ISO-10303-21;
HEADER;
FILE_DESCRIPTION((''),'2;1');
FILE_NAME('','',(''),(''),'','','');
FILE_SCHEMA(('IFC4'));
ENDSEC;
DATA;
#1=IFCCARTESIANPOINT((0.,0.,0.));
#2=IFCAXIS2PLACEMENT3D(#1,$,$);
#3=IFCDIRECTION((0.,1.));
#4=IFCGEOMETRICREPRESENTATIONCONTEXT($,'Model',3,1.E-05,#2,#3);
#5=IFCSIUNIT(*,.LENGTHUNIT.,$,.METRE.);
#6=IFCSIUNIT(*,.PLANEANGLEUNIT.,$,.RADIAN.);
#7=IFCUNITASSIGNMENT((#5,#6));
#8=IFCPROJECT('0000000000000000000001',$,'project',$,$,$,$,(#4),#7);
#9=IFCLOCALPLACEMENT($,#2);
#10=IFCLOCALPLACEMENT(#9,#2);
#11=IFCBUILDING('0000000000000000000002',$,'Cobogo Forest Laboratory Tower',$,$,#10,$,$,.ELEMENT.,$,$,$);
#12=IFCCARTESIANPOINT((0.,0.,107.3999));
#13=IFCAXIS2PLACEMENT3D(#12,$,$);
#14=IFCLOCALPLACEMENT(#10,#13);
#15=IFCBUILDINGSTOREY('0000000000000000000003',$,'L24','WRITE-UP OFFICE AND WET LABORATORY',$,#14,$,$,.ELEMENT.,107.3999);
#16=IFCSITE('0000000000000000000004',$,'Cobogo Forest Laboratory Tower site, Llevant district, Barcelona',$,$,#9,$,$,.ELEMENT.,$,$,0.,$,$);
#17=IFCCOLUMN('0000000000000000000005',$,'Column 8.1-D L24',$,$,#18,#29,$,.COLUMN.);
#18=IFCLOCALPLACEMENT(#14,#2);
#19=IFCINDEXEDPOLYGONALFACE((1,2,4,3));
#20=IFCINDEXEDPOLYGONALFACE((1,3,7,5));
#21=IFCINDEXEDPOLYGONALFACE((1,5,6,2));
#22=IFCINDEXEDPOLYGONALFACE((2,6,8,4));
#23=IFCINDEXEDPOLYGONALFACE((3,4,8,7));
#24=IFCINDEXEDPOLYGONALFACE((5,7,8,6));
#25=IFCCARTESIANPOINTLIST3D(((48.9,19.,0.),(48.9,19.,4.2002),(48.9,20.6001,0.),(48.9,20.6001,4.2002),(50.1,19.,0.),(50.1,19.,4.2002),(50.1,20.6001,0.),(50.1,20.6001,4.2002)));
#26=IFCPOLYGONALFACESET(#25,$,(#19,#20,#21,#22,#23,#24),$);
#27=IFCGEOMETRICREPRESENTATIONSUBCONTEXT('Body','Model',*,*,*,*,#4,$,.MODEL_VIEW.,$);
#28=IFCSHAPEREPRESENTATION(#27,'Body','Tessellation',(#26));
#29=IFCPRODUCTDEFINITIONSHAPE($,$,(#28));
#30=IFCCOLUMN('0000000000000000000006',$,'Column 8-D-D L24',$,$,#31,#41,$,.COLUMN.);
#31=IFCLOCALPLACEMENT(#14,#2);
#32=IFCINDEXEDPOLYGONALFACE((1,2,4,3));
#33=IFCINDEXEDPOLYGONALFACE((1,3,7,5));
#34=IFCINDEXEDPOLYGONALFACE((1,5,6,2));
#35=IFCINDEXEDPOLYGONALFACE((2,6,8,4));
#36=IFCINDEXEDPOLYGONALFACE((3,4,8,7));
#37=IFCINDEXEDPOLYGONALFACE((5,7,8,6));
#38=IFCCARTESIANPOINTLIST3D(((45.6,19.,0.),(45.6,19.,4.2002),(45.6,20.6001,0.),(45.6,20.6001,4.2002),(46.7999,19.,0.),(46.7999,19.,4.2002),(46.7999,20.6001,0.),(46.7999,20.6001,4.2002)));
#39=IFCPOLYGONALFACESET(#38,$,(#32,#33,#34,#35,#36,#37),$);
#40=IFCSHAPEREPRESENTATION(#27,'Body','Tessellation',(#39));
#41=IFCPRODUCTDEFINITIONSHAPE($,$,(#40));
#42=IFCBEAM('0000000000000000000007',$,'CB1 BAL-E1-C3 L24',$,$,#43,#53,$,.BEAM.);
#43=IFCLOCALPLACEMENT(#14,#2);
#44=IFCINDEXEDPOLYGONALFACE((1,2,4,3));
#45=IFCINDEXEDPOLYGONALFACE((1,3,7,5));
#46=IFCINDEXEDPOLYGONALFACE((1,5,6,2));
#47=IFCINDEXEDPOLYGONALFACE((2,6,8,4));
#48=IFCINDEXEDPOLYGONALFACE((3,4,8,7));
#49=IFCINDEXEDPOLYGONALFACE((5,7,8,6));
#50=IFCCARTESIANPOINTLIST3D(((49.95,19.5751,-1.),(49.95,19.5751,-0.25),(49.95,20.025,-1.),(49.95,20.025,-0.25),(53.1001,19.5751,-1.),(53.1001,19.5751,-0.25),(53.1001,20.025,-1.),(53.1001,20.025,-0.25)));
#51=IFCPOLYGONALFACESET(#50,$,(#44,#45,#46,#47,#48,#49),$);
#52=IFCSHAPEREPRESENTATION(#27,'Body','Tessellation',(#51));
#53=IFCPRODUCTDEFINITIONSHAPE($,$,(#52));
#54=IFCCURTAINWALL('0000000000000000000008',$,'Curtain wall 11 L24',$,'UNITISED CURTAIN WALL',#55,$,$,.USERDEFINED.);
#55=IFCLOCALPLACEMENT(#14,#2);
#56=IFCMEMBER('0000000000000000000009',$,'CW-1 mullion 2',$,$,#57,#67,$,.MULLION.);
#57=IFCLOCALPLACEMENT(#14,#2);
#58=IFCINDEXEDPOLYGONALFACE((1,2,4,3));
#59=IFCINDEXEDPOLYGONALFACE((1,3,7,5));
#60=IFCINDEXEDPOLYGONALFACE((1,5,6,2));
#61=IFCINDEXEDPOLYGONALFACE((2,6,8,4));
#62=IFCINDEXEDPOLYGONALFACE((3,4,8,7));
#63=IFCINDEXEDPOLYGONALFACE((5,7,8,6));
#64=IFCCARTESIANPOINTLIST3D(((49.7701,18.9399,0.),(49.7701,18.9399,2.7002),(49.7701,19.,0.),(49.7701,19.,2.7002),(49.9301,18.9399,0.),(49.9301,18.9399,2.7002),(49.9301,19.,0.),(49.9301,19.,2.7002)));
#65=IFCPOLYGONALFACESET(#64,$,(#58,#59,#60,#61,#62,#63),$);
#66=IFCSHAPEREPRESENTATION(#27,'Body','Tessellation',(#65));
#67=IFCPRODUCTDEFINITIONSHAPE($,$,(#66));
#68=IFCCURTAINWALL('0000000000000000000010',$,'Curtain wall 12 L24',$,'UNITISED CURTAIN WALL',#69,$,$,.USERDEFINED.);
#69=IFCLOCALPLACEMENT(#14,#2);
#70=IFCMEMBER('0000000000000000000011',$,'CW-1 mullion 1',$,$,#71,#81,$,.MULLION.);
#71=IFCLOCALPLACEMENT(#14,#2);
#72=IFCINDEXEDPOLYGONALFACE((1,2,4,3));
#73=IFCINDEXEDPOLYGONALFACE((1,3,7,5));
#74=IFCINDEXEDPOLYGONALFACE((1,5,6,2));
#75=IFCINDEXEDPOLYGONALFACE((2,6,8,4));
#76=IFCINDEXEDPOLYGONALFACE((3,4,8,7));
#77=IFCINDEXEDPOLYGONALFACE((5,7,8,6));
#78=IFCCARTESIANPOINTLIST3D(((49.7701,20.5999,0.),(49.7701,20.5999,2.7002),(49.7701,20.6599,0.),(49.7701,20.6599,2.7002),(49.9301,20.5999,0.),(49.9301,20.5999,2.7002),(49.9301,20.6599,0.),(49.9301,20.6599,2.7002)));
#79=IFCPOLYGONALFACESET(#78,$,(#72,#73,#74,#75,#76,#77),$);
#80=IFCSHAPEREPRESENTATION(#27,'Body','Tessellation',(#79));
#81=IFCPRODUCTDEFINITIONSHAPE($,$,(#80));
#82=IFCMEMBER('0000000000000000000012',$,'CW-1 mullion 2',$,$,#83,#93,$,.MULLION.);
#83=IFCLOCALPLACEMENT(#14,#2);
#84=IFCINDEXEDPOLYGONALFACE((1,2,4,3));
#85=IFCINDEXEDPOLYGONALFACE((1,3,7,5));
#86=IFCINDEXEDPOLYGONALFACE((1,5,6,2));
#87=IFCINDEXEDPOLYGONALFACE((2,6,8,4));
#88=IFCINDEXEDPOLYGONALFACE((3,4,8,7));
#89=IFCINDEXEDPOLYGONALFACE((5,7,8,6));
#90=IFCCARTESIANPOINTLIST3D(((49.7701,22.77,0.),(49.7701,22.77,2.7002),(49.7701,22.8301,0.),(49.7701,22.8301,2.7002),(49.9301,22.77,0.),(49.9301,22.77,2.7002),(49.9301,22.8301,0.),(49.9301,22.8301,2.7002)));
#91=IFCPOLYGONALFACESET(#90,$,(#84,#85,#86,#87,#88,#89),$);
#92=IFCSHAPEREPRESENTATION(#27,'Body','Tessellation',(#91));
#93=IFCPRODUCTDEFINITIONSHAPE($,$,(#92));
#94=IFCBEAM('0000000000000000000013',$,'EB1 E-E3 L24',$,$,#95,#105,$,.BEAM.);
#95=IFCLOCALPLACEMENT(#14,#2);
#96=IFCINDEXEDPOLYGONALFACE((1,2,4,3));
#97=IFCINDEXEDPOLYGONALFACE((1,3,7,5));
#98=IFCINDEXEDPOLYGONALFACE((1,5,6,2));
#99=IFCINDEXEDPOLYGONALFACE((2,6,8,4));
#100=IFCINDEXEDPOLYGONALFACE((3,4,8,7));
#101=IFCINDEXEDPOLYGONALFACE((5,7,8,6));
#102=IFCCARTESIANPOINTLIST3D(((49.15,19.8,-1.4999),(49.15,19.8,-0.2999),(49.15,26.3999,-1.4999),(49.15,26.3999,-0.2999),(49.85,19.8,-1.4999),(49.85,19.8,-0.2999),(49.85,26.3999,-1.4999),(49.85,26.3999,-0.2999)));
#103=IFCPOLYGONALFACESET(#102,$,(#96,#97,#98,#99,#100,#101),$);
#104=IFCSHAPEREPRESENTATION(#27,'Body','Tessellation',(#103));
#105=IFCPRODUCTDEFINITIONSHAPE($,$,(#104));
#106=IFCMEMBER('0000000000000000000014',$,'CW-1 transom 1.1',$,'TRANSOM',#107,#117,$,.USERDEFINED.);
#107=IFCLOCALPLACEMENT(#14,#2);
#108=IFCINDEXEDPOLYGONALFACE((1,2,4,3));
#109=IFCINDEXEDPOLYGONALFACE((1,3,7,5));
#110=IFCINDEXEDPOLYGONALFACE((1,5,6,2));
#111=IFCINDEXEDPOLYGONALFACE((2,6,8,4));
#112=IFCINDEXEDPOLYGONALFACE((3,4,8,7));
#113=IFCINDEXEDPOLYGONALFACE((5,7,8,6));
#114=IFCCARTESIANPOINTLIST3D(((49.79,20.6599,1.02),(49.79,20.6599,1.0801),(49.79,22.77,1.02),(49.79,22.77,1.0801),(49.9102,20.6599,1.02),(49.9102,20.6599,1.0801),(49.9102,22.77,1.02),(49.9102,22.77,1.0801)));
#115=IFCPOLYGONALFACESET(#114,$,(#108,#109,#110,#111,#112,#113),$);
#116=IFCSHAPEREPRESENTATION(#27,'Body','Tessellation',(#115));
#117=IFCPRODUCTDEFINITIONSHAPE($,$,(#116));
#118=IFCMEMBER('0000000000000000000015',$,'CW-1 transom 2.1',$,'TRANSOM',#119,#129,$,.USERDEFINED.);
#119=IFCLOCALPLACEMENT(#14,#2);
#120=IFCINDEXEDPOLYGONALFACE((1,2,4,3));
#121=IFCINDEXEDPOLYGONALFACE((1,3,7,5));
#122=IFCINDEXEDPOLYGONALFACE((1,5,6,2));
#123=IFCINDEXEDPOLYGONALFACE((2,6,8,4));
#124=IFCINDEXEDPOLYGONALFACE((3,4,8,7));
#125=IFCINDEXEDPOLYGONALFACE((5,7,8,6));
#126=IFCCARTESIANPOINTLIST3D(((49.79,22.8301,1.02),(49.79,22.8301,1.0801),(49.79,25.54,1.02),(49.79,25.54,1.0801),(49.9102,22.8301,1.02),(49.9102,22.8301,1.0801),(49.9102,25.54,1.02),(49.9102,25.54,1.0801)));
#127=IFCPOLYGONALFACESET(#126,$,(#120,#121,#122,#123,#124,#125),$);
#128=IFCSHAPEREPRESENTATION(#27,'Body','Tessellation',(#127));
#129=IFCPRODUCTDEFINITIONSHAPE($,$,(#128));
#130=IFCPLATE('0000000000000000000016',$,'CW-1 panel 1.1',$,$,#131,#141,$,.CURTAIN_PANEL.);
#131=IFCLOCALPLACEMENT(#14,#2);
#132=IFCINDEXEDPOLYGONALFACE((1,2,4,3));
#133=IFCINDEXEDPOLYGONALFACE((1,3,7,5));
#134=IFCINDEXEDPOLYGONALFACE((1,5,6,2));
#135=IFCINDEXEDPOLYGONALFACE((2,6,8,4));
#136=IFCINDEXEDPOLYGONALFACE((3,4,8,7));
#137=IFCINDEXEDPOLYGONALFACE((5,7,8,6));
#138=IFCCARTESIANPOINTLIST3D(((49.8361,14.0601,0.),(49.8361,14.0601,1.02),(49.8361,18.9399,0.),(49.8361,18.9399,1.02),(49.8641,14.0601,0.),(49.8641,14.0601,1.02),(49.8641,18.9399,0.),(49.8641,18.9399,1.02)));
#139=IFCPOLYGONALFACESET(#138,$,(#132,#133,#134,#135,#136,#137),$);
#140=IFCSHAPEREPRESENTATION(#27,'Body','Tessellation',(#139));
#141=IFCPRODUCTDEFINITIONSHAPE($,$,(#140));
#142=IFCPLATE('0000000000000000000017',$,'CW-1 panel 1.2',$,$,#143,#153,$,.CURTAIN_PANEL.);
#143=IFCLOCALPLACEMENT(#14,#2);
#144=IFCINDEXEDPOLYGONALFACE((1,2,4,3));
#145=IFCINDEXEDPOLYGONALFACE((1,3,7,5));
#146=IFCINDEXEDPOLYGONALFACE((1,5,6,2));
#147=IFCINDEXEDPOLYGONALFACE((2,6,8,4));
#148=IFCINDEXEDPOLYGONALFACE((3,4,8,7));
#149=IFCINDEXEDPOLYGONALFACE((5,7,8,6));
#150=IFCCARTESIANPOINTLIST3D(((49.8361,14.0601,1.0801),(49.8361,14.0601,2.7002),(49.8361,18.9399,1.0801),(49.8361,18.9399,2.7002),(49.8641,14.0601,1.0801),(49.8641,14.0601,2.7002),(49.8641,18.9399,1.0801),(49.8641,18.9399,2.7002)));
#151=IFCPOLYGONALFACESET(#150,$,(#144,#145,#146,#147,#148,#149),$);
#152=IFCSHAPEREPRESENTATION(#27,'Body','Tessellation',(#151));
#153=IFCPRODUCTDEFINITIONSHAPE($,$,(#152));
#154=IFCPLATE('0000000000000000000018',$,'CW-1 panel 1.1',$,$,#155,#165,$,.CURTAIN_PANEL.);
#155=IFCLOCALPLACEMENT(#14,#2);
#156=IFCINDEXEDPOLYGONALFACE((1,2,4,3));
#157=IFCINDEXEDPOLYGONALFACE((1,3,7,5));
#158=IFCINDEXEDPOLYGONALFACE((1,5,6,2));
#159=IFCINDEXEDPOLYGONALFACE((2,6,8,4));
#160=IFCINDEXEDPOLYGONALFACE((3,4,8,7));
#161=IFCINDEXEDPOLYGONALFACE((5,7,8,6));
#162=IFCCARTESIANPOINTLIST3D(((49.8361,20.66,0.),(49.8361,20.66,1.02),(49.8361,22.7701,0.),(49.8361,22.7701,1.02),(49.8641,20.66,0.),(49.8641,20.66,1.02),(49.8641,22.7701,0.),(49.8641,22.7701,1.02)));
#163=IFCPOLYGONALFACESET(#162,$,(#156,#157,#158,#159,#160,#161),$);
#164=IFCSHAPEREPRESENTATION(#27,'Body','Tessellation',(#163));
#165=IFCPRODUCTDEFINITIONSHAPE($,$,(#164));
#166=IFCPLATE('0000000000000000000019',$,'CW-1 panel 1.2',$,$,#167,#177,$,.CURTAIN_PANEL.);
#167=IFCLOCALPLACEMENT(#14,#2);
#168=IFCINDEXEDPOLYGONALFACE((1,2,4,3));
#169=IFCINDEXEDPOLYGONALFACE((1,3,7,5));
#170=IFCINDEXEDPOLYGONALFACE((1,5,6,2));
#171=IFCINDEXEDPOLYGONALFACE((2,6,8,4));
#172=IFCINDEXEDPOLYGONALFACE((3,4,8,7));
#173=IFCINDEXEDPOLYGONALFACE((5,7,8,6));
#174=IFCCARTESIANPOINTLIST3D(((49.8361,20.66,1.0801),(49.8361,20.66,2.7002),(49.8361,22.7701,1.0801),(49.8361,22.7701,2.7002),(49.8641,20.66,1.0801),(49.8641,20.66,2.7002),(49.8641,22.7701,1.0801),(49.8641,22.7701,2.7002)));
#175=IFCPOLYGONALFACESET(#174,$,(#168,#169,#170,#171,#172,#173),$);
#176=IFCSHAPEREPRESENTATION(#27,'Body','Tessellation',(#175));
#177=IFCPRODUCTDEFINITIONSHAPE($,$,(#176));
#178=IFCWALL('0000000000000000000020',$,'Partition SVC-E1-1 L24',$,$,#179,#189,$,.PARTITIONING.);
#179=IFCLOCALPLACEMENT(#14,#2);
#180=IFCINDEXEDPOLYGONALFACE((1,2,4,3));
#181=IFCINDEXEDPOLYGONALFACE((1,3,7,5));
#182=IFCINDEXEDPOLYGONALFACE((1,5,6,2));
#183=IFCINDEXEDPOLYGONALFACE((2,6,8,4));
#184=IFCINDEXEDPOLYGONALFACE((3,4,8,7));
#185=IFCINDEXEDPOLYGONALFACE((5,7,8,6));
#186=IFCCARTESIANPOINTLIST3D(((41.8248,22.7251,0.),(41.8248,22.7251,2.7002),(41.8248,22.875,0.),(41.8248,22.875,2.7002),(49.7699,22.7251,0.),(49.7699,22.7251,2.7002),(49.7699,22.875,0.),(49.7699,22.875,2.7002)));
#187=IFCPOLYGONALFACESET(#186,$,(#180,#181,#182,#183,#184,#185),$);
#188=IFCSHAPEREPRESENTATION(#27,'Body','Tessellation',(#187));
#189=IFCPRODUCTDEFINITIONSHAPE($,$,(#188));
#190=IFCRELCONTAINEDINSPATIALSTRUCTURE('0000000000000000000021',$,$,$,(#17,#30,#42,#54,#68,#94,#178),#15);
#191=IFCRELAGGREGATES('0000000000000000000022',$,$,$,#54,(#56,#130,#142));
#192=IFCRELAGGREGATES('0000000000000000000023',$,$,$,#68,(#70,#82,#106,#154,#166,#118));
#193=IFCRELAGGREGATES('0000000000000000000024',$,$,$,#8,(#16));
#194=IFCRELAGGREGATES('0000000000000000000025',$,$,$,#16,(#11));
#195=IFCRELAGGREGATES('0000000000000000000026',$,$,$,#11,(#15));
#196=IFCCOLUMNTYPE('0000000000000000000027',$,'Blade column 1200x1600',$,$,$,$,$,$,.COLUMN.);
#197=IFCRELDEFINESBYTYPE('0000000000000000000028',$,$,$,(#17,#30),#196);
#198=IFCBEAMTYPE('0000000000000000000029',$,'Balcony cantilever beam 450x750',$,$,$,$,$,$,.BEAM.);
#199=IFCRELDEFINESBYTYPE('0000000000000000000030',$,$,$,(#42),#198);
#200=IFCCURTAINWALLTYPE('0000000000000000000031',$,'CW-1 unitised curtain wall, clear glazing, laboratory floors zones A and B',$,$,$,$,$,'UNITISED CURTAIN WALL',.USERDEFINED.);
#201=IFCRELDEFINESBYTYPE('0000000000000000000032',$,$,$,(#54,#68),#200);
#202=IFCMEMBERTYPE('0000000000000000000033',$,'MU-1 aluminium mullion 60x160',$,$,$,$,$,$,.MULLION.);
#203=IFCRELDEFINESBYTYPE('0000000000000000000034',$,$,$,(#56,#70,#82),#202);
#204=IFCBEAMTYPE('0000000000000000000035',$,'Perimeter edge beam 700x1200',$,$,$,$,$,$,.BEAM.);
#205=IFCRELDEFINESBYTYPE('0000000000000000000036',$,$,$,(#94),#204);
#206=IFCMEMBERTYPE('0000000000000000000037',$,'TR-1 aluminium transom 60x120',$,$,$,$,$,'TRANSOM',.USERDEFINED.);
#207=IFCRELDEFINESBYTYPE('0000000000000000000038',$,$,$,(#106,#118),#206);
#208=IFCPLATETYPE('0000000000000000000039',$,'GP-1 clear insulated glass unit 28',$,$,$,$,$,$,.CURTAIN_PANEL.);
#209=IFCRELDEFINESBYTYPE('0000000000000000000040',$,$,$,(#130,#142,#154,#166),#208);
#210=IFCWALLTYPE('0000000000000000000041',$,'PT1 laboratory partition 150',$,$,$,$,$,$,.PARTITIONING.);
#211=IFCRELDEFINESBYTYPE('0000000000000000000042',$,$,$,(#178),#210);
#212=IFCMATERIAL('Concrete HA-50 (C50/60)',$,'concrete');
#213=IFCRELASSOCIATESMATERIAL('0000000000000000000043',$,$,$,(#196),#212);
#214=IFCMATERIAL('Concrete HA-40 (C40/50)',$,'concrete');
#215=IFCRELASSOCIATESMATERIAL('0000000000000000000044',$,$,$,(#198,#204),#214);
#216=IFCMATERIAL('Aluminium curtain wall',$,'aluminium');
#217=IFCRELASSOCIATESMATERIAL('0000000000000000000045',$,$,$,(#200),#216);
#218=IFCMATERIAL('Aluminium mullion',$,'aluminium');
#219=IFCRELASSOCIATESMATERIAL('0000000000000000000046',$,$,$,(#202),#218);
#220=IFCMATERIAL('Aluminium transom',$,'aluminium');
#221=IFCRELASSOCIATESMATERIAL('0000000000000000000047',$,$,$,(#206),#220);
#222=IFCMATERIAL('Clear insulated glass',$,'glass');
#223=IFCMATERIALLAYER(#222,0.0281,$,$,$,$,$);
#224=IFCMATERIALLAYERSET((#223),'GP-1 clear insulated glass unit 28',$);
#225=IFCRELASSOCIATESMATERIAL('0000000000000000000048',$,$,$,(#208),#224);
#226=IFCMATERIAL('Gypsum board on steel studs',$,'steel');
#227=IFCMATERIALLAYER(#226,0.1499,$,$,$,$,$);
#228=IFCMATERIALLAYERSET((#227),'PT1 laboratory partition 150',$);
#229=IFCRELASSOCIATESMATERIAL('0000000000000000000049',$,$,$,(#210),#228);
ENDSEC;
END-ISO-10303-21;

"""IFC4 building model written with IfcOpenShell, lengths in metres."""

from ifc_helpers import new_model, si_unit, direction, frame, frame_2d, origin, origin_2d, place, context, subcontext, project, spatial, rectangle, extrude, material, layer, layer_set, material_profile, profile_set, type_object, element, aggregate, save


model = new_model("IFC4")

# Units and contexts
model_context = context("Model", 3, precision=1e-05, world=origin(), true_north=direction((0.0, 1.0)))
body_context = subcontext(model_context, "Body", "Model", "MODEL_VIEW")
ifc_project = project(units=[si_unit("LENGTHUNIT", "METRE"), si_unit("PLANEANGLEUNIT", "RADIAN")], contexts=[model_context])

# Site, building, storey
site_placement = place(None, origin())
site = spatial("IfcSite", under=ifc_project, at=site_placement, Name="Cobogo Forest Laboratory Tower site, Llevant district, Barcelona", CompositionType="ELEMENT", RefElevation=0.0)
building_placement = place(site_placement, origin())
building = spatial("IfcBuilding", under=site, at=building_placement, Name="Cobogo Forest Laboratory Tower", CompositionType="ELEMENT")
storey_placement = place(building_placement, frame((0.0, 0.0, 107.3999)))
storey = spatial("IfcBuildingStorey", under=building, at=storey_placement, Name="L24", Description="WRITE-UP OFFICE AND WET LABORATORY", CompositionType="ELEMENT", Elevation=107.3999)

# Columns
ifc_material_1 = material(Name="Concrete HA-50 (C50/60)", Category="concrete")
ifc_material_profile_1 = material_profile(ifc_material_1, rectangle(XDim=1.6001, YDim=1.2, at=origin_2d()), Name="RC 1200x1600")
ifc_profile_set_1 = profile_set([ifc_material_profile_1], Name="Concrete HA-50 (C50/60)")
column_type = type_object("IfcColumnType", Name="Blade column 1200x1600", PredefinedType="COLUMN", material=ifc_profile_set_1)
for number, where, z_axis, x_axis, name in (
    (1, (49.5, 19.8, 0.0), (0.0, 0.0, 1.0), (0.0, 1.0, 0.0), "Column 8.1-D L24"),
    (2, (46.2, 19.8, 0.0), (0.0, 0.0, 1.0), (0.0, 1.0, 0.0), "Column 8-D-D L24"),
):
    element("IfcColumn", number, at=place(storey_placement, frame(where, z_axis=z_axis, x_axis=x_axis)), inside=storey, type_object=column_type, Name=name, PredefinedType="COLUMN", context=body_context, shape_type="SweptSolid", body=[
        extrude(rectangle(XDim=1.6001, YDim=1.2, at=origin_2d()), origin(), (0.0, 0.0, 1.0), 4.2002),
    ])

# Beam
ifc_material_2 = material(Name="Concrete HA-40 (C40/50)", Category="concrete")
ifc_material_profile_2 = material_profile(ifc_material_2, rectangle(XDim=0.45, YDim=0.75, at=origin_2d()), Name="RC 450x750")
ifc_profile_set_2 = profile_set([ifc_material_profile_2], Name="Concrete HA-40 (C40/50)")
beam_type_1 = type_object("IfcBeamType", Name="Balcony cantilever beam 450x750", PredefinedType="BEAM", material=ifc_profile_set_2)
beam_1_placement = place(storey_placement, frame((49.95, 19.8, -0.625), z_axis=(1.0, 0.0, 0.0), x_axis=(0.0, 1.0, 0.0)))
element("IfcBeam", 3, at=beam_1_placement, inside=storey, type_object=beam_type_1, Name="CB1 BAL-E1-C3 L24", PredefinedType="BEAM", context=body_context, shape_type="SweptSolid", body=[
    extrude(rectangle(XDim=0.45, YDim=0.75, at=origin_2d()), origin(), (0.0, 0.0, 1.0), 3.1501),
])

# Curtain wall, member
ifc_material_3 = material(Name="Aluminium curtain wall", Category="aluminium")
curtain_wall_type = type_object("IfcCurtainWallType", Name="CW-1 unitised curtain wall, clear glazing, laboratory floors zones A and B", ElementType="UNITISED CURTAIN WALL", PredefinedType="USERDEFINED", material=ifc_material_3)
curtain_wall_1_placement = place(storey_placement, origin())
curtain_wall_1 = element("IfcCurtainWall", 4, at=curtain_wall_1_placement, inside=storey, type_object=curtain_wall_type, Name="Curtain wall 11 L24", ObjectType="UNITISED CURTAIN WALL", PredefinedType="USERDEFINED")
ifc_material_4 = material(Name="Aluminium mullion", Category="aluminium")
ifc_material_profile_3 = material_profile(ifc_material_4, rectangle(XDim=0.0601, YDim=0.1599, at=origin_2d()), Name="AL 60x160")
ifc_profile_set_3 = profile_set([ifc_material_profile_3], Name="Aluminium mullion")
member_type_1 = type_object("IfcMemberType", Name="MU-1 aluminium mullion 60x160", PredefinedType="MULLION", material=ifc_profile_set_3)
member_1_placement = place(storey_placement, frame((49.8501, 18.97, 0.0), z_axis=(0.0, 0.0, 1.0), x_axis=(0.0, 1.0, 0.0)))
member_1 = element("IfcMember", 5, at=member_1_placement, type_object=member_type_1, Name="CW-1 mullion 2", PredefinedType="MULLION", context=body_context, shape_type="SweptSolid", body=[
    extrude(rectangle(XDim=0.0601, YDim=0.1599, at=origin_2d()), origin(), (0.0, 0.0, 1.0), 2.7002),
])

# Curtain wall, members
curtain_wall_2_placement = place(storey_placement, origin())
curtain_wall_2 = element("IfcCurtainWall", 6, at=curtain_wall_2_placement, inside=storey, type_object=curtain_wall_type, Name="Curtain wall 12 L24", ObjectType="UNITISED CURTAIN WALL", PredefinedType="USERDEFINED")
member_2_placement = place(storey_placement, frame((49.8501, 20.6299, 0.0), z_axis=(0.0, 0.0, 1.0), x_axis=(0.0, 1.0, 0.0)))
member_2 = element("IfcMember", 7, at=member_2_placement, type_object=member_type_1, Name="CW-1 mullion 1", PredefinedType="MULLION", context=body_context, shape_type="SweptSolid", body=[
    extrude(rectangle(XDim=0.0601, YDim=0.1599, at=origin_2d()), origin(), (0.0, 0.0, 1.0), 2.7002),
])
member_3_placement = place(storey_placement, frame((49.8501, 22.8, 0.0), z_axis=(0.0, 0.0, 1.0), x_axis=(0.0, 1.0, 0.0)))
member_3 = element("IfcMember", 8, at=member_3_placement, type_object=member_type_1, Name="CW-1 mullion 2", PredefinedType="MULLION", context=body_context, shape_type="SweptSolid", body=[
    extrude(rectangle(XDim=0.0601, YDim=0.1599, at=origin_2d()), origin(), (0.0, 0.0, 1.0), 2.7002),
])

# Beam
ifc_material_profile_4 = material_profile(ifc_material_2, rectangle(XDim=0.7, YDim=1.2, at=origin_2d()), Name="RC 700x1200")
ifc_profile_set_4 = profile_set([ifc_material_profile_4], Name="Concrete HA-40 (C40/50)")
beam_type_2 = type_object("IfcBeamType", Name="Perimeter edge beam 700x1200", PredefinedType="BEAM", material=ifc_profile_set_4)
beam_2_placement = place(storey_placement, frame((49.5, 19.8, -0.8999), z_axis=(0.0, 1.0, 0.0), x_axis=(-1.0, 0.0, 0.0)))
element("IfcBeam", 9, at=beam_2_placement, inside=storey, type_object=beam_type_2, Name="EB1 E-E3 L24", PredefinedType="BEAM", context=body_context, shape_type="SweptSolid", body=[
    extrude(rectangle(XDim=0.7, YDim=1.2, at=origin_2d()), origin(), (0.0, 0.0, 1.0), 6.5999),
])

# Members
ifc_material_5 = material(Name="Aluminium transom", Category="aluminium")
ifc_material_profile_5 = material_profile(ifc_material_5, rectangle(XDim=0.1201, YDim=0.0601, at=origin_2d()), Name="AL 60x120")
ifc_profile_set_5 = profile_set([ifc_material_profile_5], Name="Aluminium transom")
member_type_2 = type_object("IfcMemberType", Name="TR-1 aluminium transom 60x120", ElementType="TRANSOM", PredefinedType="USERDEFINED", material=ifc_profile_set_5)
member_4_placement = place(storey_placement, frame((49.8501, 20.6599, 1.05), z_axis=(0.0, 1.0, 0.0), x_axis=(-1.0, 0.0, 0.0)))
member_4 = element("IfcMember", 10, at=member_4_placement, type_object=member_type_2, Name="CW-1 transom 1.1", ObjectType="TRANSOM", PredefinedType="USERDEFINED", context=body_context, shape_type="SweptSolid", body=[
    extrude(rectangle(XDim=0.1201, YDim=0.0601, at=origin_2d()), origin(), (0.0, 0.0, 1.0), 2.1101),
])
member_5_placement = place(storey_placement, frame((49.8501, 22.8301, 1.05), z_axis=(0.0, 1.0, 0.0), x_axis=(-1.0, 0.0, 0.0)))
member_5 = element("IfcMember", 11, at=member_5_placement, type_object=member_type_2, Name="CW-1 transom 2.1", ObjectType="TRANSOM", PredefinedType="USERDEFINED", context=body_context, shape_type="SweptSolid", body=[
    extrude(rectangle(XDim=0.1201, YDim=0.0601, at=origin_2d()), origin(), (0.0, 0.0, 1.0), 2.71),
])

# Plates
ifc_material_6 = material(Name="Clear insulated glass", Category="glass")
ifc_layer_1 = layer(ifc_material_6, 0.0281)
ifc_layer_set_1 = layer_set([ifc_layer_1], Name="GP-1 clear insulated glass unit 28")
plate_type_1 = type_object("IfcPlateType", Name="GP-1 clear insulated glass unit 28", PredefinedType="CURTAIN_PANEL", material=ifc_layer_set_1)
plate_1_placement = place(storey_placement, frame((49.8501, 16.5, 0.0), z_axis=(0.0, 0.0, 1.0), x_axis=(0.0, 1.0, 0.0)))
plate_1 = element("IfcPlate", 12, at=plate_1_placement, type_object=plate_type_1, Name="CW-1 panel 1.1", PredefinedType="CURTAIN_PANEL", context=body_context, shape_type="SweptSolid", body=[
    extrude(rectangle(XDim=4.8799, YDim=0.0281, at=origin_2d()), origin(), (0.0, 0.0, 1.0), 1.02),
])
plate_2_placement = place(storey_placement, frame((49.8501, 16.5, 1.0801), z_axis=(0.0, 0.0, 1.0), x_axis=(0.0, 1.0, 0.0)))
plate_2 = element("IfcPlate", 13, at=plate_2_placement, type_object=plate_type_1, Name="CW-1 panel 1.2", PredefinedType="CURTAIN_PANEL", context=body_context, shape_type="SweptSolid", body=[
    extrude(rectangle(XDim=4.8799, YDim=0.0281, at=origin_2d()), origin(), (0.0, 0.0, 1.0), 1.6201),
])
aggregate(curtain_wall_1, [member_1, plate_1, plate_2])
plate_3_placement = place(storey_placement, frame((49.8501, 21.7151, 0.0), z_axis=(0.0, 0.0, 1.0), x_axis=(0.0, 1.0, 0.0)))
plate_3 = element("IfcPlate", 14, at=plate_3_placement, type_object=plate_type_1, Name="CW-1 panel 1.1", PredefinedType="CURTAIN_PANEL", context=body_context, shape_type="SweptSolid", body=[
    extrude(rectangle(XDim=2.1101, YDim=0.0281, at=origin_2d()), origin(), (0.0, 0.0, 1.0), 1.02),
])
plate_4_placement = place(storey_placement, frame((49.8501, 21.7151, 1.0801), z_axis=(0.0, 0.0, 1.0), x_axis=(0.0, 1.0, 0.0)))
plate_4 = element("IfcPlate", 15, at=plate_4_placement, type_object=plate_type_1, Name="CW-1 panel 1.2", PredefinedType="CURTAIN_PANEL", context=body_context, shape_type="SweptSolid", body=[
    extrude(rectangle(XDim=2.1101, YDim=0.0281, at=origin_2d()), origin(), (0.0, 0.0, 1.0), 1.6201),
])
aggregate(curtain_wall_2, [member_2, member_3, member_4, plate_3, plate_4, member_5])

# Wall
ifc_material_7 = material(Name="Gypsum board on steel studs", Category="steel")
ifc_layer_2 = layer(ifc_material_7, 0.1499)
ifc_layer_set_2 = layer_set([ifc_layer_2], Name="PT1 laboratory partition 150")
wall_type = type_object("IfcWallType", Name="PT1 laboratory partition 150", PredefinedType="PARTITIONING", material=ifc_layer_set_2)
wall_1_placement = place(storey_placement, frame((49.77, 22.8, 0.0), z_axis=(0.0, 0.0, 1.0), x_axis=(-1.0, 0.0, 0.0)))
element("IfcWall", 16, at=wall_1_placement, inside=storey, type_object=wall_type, Name="Partition SVC-E1-1 L24", PredefinedType="PARTITIONING", context=body_context, shape_type="SweptSolid", body=[
    extrude(rectangle(XDim=7.9451, YDim=0.1499, at=frame_2d((3.9727, 0.0))), origin(), (0.0, 0.0, 1.0), 2.7002),
])

save(model, "model.ifc")
